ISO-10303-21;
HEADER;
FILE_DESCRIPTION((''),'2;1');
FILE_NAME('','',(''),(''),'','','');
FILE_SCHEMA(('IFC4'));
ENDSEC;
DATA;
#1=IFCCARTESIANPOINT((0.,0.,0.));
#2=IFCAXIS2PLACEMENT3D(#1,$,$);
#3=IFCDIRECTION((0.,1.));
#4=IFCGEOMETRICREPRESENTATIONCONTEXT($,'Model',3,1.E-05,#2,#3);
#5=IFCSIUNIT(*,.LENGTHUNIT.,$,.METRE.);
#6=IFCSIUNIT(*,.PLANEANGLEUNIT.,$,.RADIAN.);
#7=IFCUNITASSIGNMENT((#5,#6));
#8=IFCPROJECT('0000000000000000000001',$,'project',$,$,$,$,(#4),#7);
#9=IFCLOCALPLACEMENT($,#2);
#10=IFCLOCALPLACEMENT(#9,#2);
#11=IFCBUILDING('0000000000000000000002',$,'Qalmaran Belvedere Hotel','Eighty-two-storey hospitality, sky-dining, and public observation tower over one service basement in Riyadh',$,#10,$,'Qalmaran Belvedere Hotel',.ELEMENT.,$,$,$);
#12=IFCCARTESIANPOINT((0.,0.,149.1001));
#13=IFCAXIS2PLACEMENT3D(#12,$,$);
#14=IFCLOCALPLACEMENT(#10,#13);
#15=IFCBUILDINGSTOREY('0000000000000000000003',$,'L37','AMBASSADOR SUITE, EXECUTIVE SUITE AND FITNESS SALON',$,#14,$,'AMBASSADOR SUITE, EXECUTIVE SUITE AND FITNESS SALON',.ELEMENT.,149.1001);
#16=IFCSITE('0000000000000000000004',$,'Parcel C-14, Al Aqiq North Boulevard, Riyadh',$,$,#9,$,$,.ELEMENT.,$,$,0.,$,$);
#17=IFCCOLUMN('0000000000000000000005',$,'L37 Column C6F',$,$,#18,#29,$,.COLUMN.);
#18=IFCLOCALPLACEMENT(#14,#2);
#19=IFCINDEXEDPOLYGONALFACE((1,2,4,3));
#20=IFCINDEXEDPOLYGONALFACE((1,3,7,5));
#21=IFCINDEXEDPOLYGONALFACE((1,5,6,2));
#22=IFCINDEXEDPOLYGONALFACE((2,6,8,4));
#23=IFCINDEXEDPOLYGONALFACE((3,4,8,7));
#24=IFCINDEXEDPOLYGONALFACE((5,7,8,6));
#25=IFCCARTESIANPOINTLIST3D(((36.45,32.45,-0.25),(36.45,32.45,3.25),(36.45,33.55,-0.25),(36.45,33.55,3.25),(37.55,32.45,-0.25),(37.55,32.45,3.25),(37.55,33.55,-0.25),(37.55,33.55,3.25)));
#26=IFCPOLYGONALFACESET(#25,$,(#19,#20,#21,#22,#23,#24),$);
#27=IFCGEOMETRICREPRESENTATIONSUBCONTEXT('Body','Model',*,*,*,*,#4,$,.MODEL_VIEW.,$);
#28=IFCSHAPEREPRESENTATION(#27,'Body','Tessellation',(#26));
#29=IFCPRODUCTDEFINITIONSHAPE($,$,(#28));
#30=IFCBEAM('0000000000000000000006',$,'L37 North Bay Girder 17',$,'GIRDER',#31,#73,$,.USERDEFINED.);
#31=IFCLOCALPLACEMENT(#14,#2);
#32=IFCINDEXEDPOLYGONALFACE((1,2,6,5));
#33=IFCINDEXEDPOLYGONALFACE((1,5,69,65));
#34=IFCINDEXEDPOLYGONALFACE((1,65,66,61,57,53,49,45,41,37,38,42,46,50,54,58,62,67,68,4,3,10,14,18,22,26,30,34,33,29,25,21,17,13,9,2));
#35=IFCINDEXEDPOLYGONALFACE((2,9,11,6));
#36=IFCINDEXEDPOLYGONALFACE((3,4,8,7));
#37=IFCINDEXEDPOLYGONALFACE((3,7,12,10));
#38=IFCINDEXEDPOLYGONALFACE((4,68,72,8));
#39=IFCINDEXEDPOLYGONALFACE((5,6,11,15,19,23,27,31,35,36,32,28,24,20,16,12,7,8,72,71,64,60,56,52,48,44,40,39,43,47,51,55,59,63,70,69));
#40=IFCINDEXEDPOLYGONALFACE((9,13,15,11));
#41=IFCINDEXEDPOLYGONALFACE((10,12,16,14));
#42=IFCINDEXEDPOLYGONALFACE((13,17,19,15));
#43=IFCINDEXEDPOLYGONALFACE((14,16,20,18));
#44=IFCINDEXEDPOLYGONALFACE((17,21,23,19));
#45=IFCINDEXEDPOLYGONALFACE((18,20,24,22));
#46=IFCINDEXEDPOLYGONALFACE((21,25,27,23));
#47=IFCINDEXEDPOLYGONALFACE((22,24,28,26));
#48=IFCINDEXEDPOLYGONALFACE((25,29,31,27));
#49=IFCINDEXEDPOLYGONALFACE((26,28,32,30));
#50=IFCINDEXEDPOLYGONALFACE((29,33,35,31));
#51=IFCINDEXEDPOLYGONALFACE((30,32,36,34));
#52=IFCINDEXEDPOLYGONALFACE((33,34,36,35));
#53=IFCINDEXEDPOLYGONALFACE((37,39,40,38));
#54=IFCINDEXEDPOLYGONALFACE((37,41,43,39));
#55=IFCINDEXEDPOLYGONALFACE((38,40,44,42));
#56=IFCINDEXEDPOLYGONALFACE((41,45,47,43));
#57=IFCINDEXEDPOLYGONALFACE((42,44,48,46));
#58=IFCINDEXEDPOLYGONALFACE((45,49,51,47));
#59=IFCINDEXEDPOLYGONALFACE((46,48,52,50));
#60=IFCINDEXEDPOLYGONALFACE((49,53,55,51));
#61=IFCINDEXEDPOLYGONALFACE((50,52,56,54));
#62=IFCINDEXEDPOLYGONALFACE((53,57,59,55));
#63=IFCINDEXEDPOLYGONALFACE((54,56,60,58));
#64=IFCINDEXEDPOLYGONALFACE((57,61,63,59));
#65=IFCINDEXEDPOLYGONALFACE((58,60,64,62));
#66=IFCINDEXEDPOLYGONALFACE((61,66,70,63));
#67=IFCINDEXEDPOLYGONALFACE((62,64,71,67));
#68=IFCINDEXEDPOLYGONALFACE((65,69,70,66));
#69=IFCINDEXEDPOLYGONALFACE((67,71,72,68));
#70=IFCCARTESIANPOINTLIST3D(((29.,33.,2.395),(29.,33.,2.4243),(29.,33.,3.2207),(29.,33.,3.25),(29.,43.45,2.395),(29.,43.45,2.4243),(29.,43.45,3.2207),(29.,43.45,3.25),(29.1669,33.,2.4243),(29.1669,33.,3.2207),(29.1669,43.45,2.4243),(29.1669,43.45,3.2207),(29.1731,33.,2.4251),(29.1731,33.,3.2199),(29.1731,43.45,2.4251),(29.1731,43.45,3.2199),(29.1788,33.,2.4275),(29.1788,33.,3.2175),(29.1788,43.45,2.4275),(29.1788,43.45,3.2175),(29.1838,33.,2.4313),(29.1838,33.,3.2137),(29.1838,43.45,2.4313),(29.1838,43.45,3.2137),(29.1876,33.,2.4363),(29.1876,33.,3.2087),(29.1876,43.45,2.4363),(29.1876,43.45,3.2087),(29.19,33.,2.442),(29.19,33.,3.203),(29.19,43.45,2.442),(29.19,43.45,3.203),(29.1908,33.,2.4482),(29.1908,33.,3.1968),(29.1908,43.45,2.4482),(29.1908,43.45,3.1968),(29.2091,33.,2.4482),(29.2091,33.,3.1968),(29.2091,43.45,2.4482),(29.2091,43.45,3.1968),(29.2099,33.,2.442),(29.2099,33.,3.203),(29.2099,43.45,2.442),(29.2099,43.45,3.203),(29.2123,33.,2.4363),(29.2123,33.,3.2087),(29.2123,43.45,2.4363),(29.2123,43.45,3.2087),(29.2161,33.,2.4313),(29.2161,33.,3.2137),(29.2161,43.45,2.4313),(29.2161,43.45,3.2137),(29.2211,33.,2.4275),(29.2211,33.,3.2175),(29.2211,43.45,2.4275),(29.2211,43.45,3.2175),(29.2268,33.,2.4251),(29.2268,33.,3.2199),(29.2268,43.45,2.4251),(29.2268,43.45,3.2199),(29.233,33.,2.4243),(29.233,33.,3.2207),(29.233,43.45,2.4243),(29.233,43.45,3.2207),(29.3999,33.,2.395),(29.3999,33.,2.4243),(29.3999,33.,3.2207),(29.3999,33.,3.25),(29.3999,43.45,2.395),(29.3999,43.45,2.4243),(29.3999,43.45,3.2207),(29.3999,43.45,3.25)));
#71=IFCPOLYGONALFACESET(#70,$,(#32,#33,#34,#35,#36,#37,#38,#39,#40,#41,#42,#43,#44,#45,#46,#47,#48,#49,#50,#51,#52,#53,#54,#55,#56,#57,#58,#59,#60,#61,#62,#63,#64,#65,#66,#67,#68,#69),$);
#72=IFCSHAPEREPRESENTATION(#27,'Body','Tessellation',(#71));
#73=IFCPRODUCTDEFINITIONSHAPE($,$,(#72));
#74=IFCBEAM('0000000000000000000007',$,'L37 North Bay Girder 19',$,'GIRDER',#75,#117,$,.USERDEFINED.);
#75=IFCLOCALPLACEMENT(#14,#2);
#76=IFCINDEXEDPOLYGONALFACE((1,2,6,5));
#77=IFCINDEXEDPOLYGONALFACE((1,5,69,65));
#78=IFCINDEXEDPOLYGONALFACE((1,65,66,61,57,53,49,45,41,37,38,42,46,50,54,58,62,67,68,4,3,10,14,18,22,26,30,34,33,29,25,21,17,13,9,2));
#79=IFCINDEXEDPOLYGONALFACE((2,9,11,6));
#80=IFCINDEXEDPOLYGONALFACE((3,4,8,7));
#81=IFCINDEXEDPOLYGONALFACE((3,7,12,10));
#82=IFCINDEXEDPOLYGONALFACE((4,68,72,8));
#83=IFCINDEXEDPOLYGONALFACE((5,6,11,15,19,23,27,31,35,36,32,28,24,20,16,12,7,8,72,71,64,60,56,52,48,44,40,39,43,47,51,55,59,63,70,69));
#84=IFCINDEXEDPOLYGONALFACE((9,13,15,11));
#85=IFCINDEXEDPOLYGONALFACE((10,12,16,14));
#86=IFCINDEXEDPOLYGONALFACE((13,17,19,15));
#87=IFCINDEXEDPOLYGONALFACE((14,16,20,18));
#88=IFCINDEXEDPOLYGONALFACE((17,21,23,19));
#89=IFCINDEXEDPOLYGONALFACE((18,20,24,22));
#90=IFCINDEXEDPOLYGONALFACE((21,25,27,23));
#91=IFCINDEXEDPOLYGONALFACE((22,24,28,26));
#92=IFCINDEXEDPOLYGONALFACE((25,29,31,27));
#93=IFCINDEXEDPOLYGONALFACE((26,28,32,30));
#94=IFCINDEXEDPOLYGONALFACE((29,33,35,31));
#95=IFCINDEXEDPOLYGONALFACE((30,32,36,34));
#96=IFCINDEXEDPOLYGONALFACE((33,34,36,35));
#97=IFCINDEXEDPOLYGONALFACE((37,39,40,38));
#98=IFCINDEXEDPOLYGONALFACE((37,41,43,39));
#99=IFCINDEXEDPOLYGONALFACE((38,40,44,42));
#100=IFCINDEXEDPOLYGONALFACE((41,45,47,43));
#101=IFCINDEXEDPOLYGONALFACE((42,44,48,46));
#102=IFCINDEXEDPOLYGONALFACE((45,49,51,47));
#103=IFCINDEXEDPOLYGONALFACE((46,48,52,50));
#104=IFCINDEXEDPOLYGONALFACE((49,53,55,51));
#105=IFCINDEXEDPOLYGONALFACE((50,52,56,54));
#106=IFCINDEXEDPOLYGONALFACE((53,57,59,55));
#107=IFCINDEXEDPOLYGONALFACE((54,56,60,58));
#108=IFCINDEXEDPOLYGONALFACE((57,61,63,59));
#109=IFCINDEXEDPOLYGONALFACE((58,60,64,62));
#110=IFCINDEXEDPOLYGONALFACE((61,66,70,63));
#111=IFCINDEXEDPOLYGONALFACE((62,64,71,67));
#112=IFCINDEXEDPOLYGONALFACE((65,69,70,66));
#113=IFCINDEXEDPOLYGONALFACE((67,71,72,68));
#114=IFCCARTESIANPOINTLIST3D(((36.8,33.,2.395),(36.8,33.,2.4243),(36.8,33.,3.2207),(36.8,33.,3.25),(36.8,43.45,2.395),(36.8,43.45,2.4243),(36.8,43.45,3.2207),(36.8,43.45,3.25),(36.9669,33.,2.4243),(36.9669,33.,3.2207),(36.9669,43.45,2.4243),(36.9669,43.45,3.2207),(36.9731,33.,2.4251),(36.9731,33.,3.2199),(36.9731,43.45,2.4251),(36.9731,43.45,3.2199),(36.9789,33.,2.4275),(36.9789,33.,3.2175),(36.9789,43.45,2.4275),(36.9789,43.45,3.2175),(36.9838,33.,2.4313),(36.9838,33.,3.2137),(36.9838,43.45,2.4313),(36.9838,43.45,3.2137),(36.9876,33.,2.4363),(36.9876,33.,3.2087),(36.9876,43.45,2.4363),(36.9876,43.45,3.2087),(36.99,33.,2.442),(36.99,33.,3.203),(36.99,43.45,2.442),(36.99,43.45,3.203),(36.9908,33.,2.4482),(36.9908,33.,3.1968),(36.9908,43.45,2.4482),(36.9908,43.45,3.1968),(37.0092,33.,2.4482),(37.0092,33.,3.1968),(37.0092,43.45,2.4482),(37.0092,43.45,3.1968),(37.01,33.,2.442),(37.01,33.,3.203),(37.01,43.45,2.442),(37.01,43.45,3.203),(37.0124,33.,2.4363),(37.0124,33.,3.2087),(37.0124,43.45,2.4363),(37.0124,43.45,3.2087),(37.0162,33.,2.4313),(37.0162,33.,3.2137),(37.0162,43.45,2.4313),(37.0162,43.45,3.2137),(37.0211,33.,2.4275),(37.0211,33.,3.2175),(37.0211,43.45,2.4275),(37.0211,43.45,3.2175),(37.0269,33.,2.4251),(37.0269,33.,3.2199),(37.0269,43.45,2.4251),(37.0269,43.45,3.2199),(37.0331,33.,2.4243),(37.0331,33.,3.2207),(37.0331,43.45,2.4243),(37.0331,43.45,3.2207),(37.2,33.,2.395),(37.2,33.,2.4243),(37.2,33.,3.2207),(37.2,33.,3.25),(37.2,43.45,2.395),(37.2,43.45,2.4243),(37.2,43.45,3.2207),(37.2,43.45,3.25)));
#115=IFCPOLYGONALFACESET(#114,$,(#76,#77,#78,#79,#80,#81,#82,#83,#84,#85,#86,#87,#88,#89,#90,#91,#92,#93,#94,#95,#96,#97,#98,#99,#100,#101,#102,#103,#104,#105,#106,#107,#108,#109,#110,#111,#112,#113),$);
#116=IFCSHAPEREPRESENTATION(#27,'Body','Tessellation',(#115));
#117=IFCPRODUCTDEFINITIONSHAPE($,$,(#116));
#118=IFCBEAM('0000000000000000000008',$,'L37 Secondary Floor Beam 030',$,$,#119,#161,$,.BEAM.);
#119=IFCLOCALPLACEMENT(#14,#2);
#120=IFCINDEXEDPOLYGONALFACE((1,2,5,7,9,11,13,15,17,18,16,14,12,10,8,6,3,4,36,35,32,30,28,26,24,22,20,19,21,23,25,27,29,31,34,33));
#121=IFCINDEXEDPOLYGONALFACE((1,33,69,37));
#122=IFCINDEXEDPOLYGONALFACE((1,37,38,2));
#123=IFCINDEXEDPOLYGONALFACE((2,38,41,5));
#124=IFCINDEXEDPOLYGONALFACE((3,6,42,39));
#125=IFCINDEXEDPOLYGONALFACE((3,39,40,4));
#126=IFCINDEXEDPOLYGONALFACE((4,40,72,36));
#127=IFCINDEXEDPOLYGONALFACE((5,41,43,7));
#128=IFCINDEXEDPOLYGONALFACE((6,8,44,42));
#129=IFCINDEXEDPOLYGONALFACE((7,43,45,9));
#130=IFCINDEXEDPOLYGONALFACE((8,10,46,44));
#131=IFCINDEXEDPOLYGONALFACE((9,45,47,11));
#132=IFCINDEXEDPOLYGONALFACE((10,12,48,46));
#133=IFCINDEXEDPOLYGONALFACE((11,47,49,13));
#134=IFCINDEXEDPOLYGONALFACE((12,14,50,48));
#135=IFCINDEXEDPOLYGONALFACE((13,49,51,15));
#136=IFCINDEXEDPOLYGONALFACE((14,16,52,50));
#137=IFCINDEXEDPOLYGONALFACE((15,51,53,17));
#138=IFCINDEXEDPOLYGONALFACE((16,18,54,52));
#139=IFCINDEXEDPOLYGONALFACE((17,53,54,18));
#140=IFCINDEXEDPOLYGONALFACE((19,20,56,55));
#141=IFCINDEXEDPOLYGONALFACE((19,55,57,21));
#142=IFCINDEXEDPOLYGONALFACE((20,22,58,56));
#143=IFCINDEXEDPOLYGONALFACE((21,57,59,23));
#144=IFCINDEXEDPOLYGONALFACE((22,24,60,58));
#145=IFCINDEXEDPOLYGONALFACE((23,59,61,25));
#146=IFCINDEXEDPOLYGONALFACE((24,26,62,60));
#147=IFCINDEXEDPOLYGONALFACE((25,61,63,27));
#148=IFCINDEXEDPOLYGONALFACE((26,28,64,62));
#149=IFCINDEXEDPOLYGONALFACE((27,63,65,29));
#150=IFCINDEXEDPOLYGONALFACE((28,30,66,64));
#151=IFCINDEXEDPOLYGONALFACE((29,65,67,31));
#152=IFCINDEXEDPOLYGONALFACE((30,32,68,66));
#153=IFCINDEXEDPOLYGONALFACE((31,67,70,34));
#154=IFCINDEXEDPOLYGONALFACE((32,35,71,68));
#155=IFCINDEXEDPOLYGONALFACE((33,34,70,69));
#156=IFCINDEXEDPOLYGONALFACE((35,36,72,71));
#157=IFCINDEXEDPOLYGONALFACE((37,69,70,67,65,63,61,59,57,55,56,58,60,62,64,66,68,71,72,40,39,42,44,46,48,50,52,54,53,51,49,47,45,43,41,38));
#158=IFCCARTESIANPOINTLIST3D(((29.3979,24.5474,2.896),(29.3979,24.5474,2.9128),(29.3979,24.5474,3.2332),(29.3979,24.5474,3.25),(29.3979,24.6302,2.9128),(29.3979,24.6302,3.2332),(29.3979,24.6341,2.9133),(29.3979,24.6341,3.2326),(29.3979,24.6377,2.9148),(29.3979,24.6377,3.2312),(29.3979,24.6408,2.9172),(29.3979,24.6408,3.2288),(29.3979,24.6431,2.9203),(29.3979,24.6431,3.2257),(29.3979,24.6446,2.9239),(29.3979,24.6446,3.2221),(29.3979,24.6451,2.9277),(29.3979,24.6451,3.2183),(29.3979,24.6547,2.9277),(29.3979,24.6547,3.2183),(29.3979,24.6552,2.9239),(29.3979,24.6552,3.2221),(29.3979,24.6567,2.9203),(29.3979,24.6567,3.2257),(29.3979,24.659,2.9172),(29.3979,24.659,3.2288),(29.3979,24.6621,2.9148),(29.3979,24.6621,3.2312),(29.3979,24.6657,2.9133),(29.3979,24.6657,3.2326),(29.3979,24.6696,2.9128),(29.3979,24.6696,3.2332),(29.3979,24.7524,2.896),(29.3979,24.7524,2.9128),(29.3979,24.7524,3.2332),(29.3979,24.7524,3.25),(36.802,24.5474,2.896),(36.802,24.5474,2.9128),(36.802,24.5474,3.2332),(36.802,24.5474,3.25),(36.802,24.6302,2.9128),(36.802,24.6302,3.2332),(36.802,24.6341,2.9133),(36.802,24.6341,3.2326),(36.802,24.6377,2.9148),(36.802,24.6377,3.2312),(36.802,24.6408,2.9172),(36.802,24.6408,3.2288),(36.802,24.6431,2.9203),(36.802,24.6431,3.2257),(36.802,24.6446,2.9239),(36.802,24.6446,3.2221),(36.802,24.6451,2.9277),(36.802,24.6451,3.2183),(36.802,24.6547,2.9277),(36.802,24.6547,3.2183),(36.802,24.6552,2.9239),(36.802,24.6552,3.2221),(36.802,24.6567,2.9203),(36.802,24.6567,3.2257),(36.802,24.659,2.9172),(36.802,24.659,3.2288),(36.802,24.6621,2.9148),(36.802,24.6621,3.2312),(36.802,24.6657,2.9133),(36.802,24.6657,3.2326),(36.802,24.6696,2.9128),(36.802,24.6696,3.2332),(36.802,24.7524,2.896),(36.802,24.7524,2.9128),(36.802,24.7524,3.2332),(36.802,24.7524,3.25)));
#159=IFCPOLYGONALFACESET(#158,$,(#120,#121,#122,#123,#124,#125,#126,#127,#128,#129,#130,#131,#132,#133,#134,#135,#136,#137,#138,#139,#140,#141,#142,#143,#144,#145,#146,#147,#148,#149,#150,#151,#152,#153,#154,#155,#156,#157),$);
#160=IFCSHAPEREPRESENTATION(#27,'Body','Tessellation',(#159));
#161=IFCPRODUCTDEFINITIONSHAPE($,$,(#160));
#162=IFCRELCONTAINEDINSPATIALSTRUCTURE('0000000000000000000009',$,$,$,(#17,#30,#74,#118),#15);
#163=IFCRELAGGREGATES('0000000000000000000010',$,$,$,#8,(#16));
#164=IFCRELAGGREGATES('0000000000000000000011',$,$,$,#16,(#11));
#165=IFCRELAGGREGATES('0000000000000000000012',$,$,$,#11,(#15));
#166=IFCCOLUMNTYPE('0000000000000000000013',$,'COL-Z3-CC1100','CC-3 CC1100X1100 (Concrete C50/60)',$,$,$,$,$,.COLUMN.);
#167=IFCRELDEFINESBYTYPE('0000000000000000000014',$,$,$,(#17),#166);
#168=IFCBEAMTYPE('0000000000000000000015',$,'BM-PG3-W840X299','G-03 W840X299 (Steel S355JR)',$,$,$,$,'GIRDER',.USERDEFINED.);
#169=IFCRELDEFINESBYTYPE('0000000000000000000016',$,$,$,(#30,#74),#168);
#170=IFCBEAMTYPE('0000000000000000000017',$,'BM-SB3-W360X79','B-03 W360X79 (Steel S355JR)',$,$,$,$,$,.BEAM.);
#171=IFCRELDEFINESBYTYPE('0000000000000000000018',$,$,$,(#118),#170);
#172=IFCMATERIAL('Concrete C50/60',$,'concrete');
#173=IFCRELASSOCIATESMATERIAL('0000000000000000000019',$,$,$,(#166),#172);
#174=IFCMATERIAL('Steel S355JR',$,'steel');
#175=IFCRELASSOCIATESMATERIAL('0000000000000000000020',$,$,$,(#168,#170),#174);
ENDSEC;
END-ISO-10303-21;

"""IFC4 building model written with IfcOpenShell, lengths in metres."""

from ifc_helpers import new_model, si_unit, direction, frame, origin, origin_2d, place, context, subcontext, project, spatial, rectangle, i_section, extrude, material, material_profile, profile_set, type_object, element, save


model = new_model("IFC4")

# Units and contexts
model_context = context("Model", 3, precision=1e-05, world=origin(), true_north=direction((0.0, 1.0)))
body_context = subcontext(model_context, "Body", "Model", "MODEL_VIEW")
ifc_project = project(units=[si_unit("LENGTHUNIT", "METRE"), si_unit("PLANEANGLEUNIT", "RADIAN")], contexts=[model_context])

# Site, building, storey
site_placement = place(None, origin())
site = spatial("IfcSite", under=ifc_project, at=site_placement, Name="Parcel C-14, Al Aqiq North Boulevard, Riyadh", CompositionType="ELEMENT", RefElevation=0.0)
building_placement = place(site_placement, origin())
building = spatial("IfcBuilding", under=site, at=building_placement, Name="Qalmaran Belvedere Hotel", Description="Eighty-two-storey hospitality, sky-dining, and public observation tower over one service basement in Riyadh", LongName="Qalmaran Belvedere Hotel", CompositionType="ELEMENT")
storey_placement = place(building_placement, frame((0.0, 0.0, 149.1001)))
storey = spatial("IfcBuildingStorey", under=building, at=storey_placement, Name="L37", Description="AMBASSADOR SUITE, EXECUTIVE SUITE AND FITNESS SALON", LongName="AMBASSADOR SUITE, EXECUTIVE SUITE AND FITNESS SALON", CompositionType="ELEMENT", Elevation=149.1001)

# Column
ifc_material_1 = material(Name="Concrete C50/60", Category="concrete")
ifc_material_profile_1 = material_profile(ifc_material_1, rectangle(XDim=1.1001, YDim=1.1001, at=origin_2d()), Name="CC1100X1100")
ifc_profile_set_1 = profile_set([ifc_material_profile_1], Name="Concrete C50/60")
column_type = type_object("IfcColumnType", Name="COL-Z3-CC1100", Description="CC-3 CC1100X1100 (Concrete C50/60)", PredefinedType="COLUMN", material=ifc_profile_set_1)
column_placement = place(storey_placement, frame((37.0, 33.0, -0.25), z_axis=(0.0, 0.0, 1.0), x_axis=(1.0, 0.0, 0.0)))
element("IfcColumn", 1, at=column_placement, inside=storey, type_object=column_type, Name="L37 Column C6F", PredefinedType="COLUMN", context=body_context, shape_type="SweptSolid", body=[
    extrude(rectangle(XDim=1.1001, YDim=1.1001, at=origin_2d()), origin(), (0.0, 0.0, 1.0), 3.5),
])

# Beams
ifc_material_2 = material(Name="Steel S355JR", Category="steel")
ifc_material_profile_2 = material_profile(ifc_material_2, i_section(OverallWidth=0.3999, OverallDepth=0.855, WebThickness=0.0183, FlangeThickness=0.0293, FilletRadius=0.0239, at=origin_2d()), Name="W840X299")
ifc_profile_set_2 = profile_set([ifc_material_profile_2], Name="Steel S355JR")
beam_type_1 = type_object("IfcBeamType", Name="BM-PG3-W840X299", Description="G-03 W840X299 (Steel S355JR)", ElementType="GIRDER", PredefinedType="USERDEFINED", material=ifc_profile_set_2)
for number, where, z_axis, x_axis, name in (
    (2, (29.2, 33.0, 2.8225), (0.0, 1.0, 0.0), (-1.0, 0.0, 0.0), "L37 North Bay Girder 17"),
    (3, (37.0, 33.0, 2.8225), (0.0, 1.0, 0.0), (-1.0, 0.0, 0.0), "L37 North Bay Girder 19"),
):
    element("IfcBeam", number, at=place(storey_placement, frame(where, z_axis=z_axis, x_axis=x_axis)), inside=storey, type_object=beam_type_1, Name=name, ObjectType="GIRDER", PredefinedType="USERDEFINED", context=body_context, shape_type="SweptSolid", body=[
        extrude(i_section(OverallWidth=0.3999, OverallDepth=0.855, WebThickness=0.0183, FlangeThickness=0.0293, FilletRadius=0.0239, at=origin_2d()), origin(), (0.0, 0.0, 1.0), 10.45),
    ])
ifc_material_profile_3 = material_profile(ifc_material_2, i_section(OverallWidth=0.2051, OverallDepth=0.354, WebThickness=0.0095, FlangeThickness=0.0168, FilletRadius=0.0149, at=origin_2d()), Name="W360X79")
ifc_profile_set_3 = profile_set([ifc_material_profile_3], Name="Steel S355JR")
beam_type_2 = type_object("IfcBeamType", Name="BM-SB3-W360X79", Description="B-03 W360X79 (Steel S355JR)", PredefinedType="BEAM", material=ifc_profile_set_3)
for number, where, z_axis, x_axis, name in (
    (4, (29.3979, 24.6499, 3.073), (1.0, 0.0, 0.0), (0.0, 1.0, 0.0), "L37 Secondary Floor Beam 030"),
):
    element("IfcBeam", number, at=place(storey_placement, frame(where, z_axis=z_axis, x_axis=x_axis)), inside=storey, type_object=beam_type_2, Name=name, PredefinedType="BEAM", context=body_context, shape_type="SweptSolid", body=[
        extrude(i_section(OverallWidth=0.2051, OverallDepth=0.354, WebThickness=0.0095, FlangeThickness=0.0168, FilletRadius=0.0149, at=origin_2d()), origin(), (0.0, 0.0, 1.0), 7.4041),
    ])

save(model, "model.ifc")
